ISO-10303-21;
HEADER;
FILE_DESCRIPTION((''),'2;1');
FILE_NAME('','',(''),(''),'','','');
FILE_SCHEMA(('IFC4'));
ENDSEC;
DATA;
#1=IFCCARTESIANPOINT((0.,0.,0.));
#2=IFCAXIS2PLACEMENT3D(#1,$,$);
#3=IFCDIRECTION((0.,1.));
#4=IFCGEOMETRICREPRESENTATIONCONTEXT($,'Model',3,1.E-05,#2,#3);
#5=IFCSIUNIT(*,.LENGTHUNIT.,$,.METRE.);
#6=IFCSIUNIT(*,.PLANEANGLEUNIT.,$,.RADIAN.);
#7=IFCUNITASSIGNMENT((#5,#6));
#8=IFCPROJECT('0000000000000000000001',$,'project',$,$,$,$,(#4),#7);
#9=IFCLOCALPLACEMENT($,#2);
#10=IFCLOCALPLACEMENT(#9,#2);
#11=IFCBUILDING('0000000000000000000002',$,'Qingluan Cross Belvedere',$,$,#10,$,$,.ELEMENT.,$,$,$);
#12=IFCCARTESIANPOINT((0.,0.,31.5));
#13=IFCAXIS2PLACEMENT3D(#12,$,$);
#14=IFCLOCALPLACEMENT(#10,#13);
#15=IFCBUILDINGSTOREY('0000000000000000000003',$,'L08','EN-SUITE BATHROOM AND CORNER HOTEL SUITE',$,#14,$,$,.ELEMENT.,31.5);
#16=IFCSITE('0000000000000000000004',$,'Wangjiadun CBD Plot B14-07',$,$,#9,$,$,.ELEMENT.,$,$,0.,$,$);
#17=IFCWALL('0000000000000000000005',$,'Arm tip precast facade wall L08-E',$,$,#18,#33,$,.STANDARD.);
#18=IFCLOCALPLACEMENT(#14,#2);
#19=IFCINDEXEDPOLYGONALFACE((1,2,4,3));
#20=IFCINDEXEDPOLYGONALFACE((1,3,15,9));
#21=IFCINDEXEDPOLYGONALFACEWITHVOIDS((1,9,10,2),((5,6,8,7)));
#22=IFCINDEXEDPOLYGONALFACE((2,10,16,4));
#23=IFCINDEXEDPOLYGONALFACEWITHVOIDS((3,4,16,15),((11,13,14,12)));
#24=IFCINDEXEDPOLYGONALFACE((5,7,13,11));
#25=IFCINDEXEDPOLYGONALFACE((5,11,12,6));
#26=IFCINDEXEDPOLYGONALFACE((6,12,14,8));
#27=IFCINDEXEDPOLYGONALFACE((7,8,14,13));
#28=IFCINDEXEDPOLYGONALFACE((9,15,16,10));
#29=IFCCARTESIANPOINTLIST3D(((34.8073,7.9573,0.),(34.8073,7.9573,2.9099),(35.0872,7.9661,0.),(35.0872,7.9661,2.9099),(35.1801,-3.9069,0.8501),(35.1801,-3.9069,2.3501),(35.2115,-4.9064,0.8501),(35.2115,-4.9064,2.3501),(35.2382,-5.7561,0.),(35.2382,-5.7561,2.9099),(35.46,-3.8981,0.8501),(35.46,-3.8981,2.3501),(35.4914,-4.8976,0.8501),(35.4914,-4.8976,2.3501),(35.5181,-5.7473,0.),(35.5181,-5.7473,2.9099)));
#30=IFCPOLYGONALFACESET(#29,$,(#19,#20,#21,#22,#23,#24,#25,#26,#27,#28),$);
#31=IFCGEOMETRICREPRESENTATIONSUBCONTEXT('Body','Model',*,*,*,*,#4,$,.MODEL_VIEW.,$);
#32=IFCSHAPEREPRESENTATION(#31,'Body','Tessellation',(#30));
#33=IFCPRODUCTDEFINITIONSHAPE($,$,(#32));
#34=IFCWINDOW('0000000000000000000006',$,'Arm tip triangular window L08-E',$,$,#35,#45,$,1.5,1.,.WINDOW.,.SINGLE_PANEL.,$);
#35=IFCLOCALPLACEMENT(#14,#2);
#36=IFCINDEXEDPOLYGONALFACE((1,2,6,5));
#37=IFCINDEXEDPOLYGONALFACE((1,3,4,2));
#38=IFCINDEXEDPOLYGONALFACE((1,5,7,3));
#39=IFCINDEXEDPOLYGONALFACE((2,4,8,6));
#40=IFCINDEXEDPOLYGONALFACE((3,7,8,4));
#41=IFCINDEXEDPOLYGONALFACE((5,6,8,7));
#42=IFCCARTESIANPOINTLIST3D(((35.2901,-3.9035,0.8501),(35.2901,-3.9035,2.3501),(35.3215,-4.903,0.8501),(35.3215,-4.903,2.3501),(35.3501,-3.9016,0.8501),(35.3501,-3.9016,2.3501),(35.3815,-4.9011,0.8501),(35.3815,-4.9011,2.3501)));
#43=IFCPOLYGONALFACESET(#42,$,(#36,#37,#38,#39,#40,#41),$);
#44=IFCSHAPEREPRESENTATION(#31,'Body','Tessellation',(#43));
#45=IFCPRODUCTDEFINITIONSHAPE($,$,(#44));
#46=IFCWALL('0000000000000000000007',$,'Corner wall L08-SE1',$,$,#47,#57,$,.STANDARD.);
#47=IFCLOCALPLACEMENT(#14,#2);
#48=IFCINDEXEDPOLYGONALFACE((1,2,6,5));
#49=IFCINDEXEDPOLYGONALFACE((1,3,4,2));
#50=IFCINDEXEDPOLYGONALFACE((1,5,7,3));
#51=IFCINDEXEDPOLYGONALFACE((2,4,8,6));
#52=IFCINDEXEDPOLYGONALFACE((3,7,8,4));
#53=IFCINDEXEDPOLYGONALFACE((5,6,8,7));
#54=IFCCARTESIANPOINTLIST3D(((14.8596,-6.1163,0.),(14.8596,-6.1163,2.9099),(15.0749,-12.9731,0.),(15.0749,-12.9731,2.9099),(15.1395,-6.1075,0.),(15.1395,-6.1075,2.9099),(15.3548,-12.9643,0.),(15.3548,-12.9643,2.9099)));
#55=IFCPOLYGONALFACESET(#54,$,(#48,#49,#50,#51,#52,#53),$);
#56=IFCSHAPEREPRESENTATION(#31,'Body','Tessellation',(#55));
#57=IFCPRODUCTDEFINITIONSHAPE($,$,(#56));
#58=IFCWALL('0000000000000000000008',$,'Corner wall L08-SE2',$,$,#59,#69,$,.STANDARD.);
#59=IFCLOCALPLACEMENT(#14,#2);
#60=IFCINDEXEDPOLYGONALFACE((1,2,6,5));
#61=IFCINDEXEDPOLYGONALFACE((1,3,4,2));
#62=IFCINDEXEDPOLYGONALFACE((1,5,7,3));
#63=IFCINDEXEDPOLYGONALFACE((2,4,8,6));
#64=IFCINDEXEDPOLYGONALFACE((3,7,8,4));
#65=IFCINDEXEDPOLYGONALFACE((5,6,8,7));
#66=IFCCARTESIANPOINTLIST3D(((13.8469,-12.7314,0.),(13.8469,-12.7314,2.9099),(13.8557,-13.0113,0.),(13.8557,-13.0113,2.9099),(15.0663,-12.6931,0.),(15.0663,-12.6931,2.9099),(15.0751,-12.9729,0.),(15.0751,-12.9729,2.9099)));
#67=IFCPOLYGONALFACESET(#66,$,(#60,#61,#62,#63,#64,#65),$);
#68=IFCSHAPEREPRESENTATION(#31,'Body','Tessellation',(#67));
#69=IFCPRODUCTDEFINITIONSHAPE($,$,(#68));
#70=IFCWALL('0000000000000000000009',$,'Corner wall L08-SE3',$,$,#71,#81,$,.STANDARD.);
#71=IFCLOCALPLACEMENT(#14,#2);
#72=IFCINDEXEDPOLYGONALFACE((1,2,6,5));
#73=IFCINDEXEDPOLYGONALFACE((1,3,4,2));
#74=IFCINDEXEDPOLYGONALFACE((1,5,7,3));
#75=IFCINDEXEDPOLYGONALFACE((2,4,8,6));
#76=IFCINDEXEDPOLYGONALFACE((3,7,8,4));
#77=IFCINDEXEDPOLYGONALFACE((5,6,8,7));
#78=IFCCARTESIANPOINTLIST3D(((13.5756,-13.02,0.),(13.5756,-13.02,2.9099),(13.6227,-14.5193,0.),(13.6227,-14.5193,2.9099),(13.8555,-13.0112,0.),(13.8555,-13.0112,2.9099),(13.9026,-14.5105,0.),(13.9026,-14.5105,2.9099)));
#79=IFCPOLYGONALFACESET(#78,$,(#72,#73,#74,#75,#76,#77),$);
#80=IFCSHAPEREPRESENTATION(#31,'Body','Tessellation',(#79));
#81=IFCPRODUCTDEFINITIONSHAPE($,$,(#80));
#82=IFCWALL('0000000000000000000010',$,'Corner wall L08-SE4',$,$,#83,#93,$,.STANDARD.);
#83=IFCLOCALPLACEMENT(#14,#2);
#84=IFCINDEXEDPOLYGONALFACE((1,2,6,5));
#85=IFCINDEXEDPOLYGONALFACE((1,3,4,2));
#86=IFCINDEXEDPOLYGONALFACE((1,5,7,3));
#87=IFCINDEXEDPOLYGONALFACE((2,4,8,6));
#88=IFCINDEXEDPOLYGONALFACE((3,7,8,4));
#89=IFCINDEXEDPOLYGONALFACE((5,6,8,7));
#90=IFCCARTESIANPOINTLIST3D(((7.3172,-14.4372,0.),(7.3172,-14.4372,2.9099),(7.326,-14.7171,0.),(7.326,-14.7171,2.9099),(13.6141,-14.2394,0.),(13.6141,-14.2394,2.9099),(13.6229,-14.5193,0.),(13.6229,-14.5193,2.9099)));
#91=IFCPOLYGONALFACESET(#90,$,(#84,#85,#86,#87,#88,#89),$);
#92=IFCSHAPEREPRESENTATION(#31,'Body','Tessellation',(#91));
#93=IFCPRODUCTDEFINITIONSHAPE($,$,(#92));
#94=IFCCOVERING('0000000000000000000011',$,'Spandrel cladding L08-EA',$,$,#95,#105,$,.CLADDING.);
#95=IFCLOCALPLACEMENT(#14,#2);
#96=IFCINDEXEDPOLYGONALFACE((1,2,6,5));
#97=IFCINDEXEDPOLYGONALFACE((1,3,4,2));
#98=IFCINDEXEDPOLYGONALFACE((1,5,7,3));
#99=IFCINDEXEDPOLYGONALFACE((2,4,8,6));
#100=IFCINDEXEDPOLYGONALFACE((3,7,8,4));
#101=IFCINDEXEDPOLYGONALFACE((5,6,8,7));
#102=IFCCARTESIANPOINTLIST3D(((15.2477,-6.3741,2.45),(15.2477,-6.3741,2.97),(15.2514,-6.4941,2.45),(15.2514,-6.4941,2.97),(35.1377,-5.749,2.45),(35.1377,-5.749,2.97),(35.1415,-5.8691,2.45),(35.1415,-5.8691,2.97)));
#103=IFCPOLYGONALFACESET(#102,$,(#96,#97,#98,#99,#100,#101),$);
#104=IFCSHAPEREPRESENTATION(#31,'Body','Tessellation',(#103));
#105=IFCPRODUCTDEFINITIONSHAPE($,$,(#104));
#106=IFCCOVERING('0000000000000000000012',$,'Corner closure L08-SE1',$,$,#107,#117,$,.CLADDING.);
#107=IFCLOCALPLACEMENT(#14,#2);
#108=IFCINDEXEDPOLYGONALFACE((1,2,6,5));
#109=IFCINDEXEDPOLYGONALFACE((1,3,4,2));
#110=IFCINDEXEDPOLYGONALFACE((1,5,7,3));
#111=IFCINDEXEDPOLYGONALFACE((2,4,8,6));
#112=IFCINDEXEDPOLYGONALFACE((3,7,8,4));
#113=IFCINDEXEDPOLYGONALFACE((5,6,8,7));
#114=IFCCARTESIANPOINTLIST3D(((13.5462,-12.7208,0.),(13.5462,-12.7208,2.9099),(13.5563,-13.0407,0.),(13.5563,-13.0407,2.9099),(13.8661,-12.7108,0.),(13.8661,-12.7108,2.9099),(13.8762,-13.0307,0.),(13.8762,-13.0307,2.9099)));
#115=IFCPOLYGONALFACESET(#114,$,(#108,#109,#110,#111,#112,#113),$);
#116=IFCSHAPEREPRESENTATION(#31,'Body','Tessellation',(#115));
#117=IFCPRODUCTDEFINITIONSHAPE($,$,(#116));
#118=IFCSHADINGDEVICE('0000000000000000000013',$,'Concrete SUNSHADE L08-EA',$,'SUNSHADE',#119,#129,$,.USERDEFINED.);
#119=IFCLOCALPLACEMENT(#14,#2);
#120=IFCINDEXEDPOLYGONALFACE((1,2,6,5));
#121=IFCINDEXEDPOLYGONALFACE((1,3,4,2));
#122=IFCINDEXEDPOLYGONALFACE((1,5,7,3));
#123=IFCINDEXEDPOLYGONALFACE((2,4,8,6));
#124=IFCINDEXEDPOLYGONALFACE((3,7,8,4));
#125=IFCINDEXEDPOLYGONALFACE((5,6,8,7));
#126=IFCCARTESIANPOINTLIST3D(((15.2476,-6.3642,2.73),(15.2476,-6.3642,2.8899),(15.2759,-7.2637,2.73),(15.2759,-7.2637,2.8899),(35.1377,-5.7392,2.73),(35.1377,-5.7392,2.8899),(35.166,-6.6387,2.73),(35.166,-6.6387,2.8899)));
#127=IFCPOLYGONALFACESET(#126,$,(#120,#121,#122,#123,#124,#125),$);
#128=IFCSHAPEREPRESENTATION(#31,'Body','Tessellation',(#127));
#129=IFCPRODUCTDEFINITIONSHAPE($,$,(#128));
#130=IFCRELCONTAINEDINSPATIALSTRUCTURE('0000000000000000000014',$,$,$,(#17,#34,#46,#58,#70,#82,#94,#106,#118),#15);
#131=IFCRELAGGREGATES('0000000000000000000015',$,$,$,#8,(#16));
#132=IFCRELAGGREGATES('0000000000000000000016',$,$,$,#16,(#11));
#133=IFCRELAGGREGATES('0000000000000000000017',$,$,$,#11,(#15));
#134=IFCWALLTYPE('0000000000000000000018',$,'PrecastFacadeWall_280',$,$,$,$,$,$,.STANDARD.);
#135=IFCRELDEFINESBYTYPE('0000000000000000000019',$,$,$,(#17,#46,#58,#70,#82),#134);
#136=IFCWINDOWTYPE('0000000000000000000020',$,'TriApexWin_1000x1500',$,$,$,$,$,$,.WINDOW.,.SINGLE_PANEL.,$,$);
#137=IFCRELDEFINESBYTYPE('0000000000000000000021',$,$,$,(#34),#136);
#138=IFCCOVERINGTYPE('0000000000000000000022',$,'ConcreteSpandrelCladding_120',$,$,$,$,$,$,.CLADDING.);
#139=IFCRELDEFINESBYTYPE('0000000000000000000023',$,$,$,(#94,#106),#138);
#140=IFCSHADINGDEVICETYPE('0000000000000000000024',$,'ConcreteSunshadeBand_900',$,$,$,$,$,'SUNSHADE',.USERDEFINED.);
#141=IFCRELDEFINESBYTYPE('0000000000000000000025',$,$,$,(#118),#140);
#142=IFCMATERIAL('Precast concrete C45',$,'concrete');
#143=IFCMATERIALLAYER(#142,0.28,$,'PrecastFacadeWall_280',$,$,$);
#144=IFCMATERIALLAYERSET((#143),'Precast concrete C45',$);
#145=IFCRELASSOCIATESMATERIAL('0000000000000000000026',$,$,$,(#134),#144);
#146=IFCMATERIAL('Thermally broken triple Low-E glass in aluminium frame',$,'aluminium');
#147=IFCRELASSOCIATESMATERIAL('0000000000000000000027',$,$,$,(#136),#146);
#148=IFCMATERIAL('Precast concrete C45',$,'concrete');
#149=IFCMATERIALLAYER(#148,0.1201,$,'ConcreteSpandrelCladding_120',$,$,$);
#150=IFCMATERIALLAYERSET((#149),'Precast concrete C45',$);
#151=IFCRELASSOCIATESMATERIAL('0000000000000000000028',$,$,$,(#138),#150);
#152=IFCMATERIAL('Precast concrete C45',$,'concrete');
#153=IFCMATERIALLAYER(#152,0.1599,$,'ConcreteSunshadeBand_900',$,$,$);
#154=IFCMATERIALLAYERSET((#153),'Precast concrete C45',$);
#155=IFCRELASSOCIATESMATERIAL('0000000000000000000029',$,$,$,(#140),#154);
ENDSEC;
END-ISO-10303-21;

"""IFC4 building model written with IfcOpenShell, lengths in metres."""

from ifc_helpers import new_model, si_unit, direction, frame, frame_2d, origin, origin_2d, place, context, subcontext, project, spatial, rectangle, extrude, material, layer, layer_set, type_object, element, fill, save


model = new_model("IFC4")

# Units and contexts
model_context = context("Model", 3, precision=1e-05, world=origin(), true_north=direction((0.0, 1.0)))
body_context = subcontext(model_context, "Body", "Model", "MODEL_VIEW")
ifc_project = project(units=[si_unit("LENGTHUNIT", "METRE"), si_unit("PLANEANGLEUNIT", "RADIAN")], contexts=[model_context])

# Site, building, storey
site_placement = place(None, origin())
site = spatial("IfcSite", under=ifc_project, at=site_placement, Name="Wangjiadun CBD Plot B14-07", CompositionType="ELEMENT", RefElevation=0.0)
building_placement = place(site_placement, origin())
building = spatial("IfcBuilding", under=site, at=building_placement, Name="Qingluan Cross Belvedere", CompositionType="ELEMENT")
storey_placement = place(building_placement, frame((0.0, 0.0, 31.5)))
storey = spatial("IfcBuildingStorey", under=building, at=storey_placement, Name="L08", Description="EN-SUITE BATHROOM AND CORNER HOTEL SUITE", CompositionType="ELEMENT", Elevation=31.5)

# Shared definitions
ifc_material_1 = material(Name="Precast concrete C45", Category="concrete")
ifc_layer_1 = layer(ifc_material_1, 0.28, Name="PrecastFacadeWall_280")
ifc_layer_set_1 = layer_set([ifc_layer_1], Name="Precast concrete C45")
wall_type_1 = type_object("IfcWallType", Name="PrecastFacadeWall_280", PredefinedType="STANDARD", material=ifc_layer_set_1)

# Wall, opening, window
wall_1_placement = place(storey_placement, frame((35.3782, -5.7517, 0.0), z_axis=(0.0, 0.0, 1.0), x_axis=(-0.031407, 0.999507, 0.0)))
wall_1 = element("IfcWall", 1, at=wall_1_placement, inside=storey, type_object=wall_type_1, Name="Arm tip precast facade wall L08-E", PredefinedType="STANDARD", context=body_context, shape_type="SweptSolid", body=[
    extrude(rectangle(XDim=13.7202, YDim=0.28, at=frame_2d((6.8601, 0.0))), origin(), (0.0, 0.0, 1.0), 2.9099),
])
opening_1_placement = place(wall_1_placement, frame((0.8501, 0.0, 0.8501)))
opening_1 = element("IfcOpeningElement", 2, at=opening_1_placement, cuts=wall_1, PredefinedType="OPENING", context=body_context, shape_type="SweptSolid", body=[
    extrude(rectangle(XDim=1.0, YDim=1.5, at=frame_2d((0.5, 0.75))), frame((0.0, 0.1499, 0.0), z_axis=(0.0, -1.0, 0.0), x_axis=(1.0, 0.0, 0.0)), (0.0, 0.0, 1.0), 0.3),
])
ifc_material_2 = material(Name="Thermally broken triple Low-E glass in aluminium frame", Category="aluminium")
window_type_1 = type_object("IfcWindowType", Name="TriApexWin_1000x1500", PartitioningType="SINGLE_PANEL", PredefinedType="WINDOW", material=ifc_material_2)
window_1_placement = place(opening_1_placement, origin())
window_1 = element("IfcWindow", 3, at=window_1_placement, inside=storey, type_object=window_type_1, Name="Arm tip triangular window L08-E", OverallHeight=1.5, OverallWidth=1.0, PartitioningType="SINGLE_PANEL", PredefinedType="WINDOW", context=body_context, shape_type="SweptSolid", body=[
    extrude(rectangle(XDim=1.0, YDim=1.5, at=frame_2d((0.5, 0.75))), frame((0.0, 0.03, 0.0), z_axis=(0.0, -1.0, 0.0), x_axis=(1.0, 0.0, 0.0)), (0.0, 0.0, 1.0), 0.0601),
])
fill(opening_1, window_1)

# Walls
wall_2_placement = place(storey_placement, frame((14.9995, -6.1118, 0.0), z_axis=(0.0, 0.0, 1.0), x_axis=(0.031389, -0.999507, 0.0)))
element("IfcWall", 4, at=wall_2_placement, inside=storey, type_object=wall_type_1, Name="Corner wall L08-SE1", PredefinedType="STANDARD", context=body_context, shape_type="SweptSolid", body=[
    extrude(rectangle(XDim=6.8601, YDim=0.28, at=frame_2d((3.4302, 0.0))), origin(), (0.0, 0.0, 1.0), 2.9099),
])
wall_3_placement = place(storey_placement, frame((15.0706, -12.833, 0.0), z_axis=(0.0, 0.0, 1.0), x_axis=(-0.999506, -0.031416, 0.0)))
element("IfcWall", 5, at=wall_3_placement, inside=storey, type_object=wall_type_1, Name="Corner wall L08-SE2", PredefinedType="STANDARD", context=body_context, shape_type="SweptSolid", body=[
    extrude(rectangle(XDim=1.22, YDim=0.28, at=frame_2d((0.6099, 0.0))), origin(), (0.0, 0.0, 1.0), 2.9099),
])
wall_4_placement = place(storey_placement, frame((13.7156, -13.0156, 0.0), z_axis=(0.0, 0.0, 1.0), x_axis=(0.031413, -0.999507, 0.0)))
element("IfcWall", 6, at=wall_4_placement, inside=storey, type_object=wall_type_1, Name="Corner wall L08-SE3", PredefinedType="STANDARD", context=body_context, shape_type="SweptSolid", body=[
    extrude(rectangle(XDim=1.5, YDim=0.28, at=frame_2d((0.75, 0.0))), origin(), (0.0, 0.0, 1.0), 2.9099),
])
wall_5_placement = place(storey_placement, frame((13.6184, -14.3794, 0.0), z_axis=(0.0, 0.0, 1.0), x_axis=(-0.999507, -0.03139, 0.0)))
element("IfcWall", 7, at=wall_5_placement, inside=storey, type_object=wall_type_1, Name="Corner wall L08-SE4", PredefinedType="STANDARD", context=body_context, shape_type="SweptSolid", body=[
    extrude(rectangle(XDim=6.3, YDim=0.28, at=frame_2d((3.1499, 0.0))), origin(), (0.0, 0.0, 1.0), 2.9099),
])

# Coverings
ifc_material_3 = material(Name="Precast concrete C45", Category="concrete")
ifc_layer_2 = layer(ifc_material_3, 0.1201, Name="ConcreteSpandrelCladding_120")
ifc_layer_set_2 = layer_set([ifc_layer_2], Name="Precast concrete C45")
covering_type = type_object("IfcCoveringType", Name="ConcreteSpandrelCladding_120", PredefinedType="CLADDING", material=ifc_layer_set_2)
covering_1_placement = place(storey_placement, frame((25.1946, -6.1216, 2.45), z_axis=(0.0, 0.0, 1.0), x_axis=(0.999507, 0.031408, 0.0)))
element("IfcCovering", 8, at=covering_1_placement, inside=storey, type_object=covering_type, Name="Spandrel cladding L08-EA", PredefinedType="CLADDING", context=body_context, shape_type="SweptSolid", body=[
    extrude(rectangle(XDim=19.8999, YDim=0.1201, at=origin_2d()), origin(), (0.0, 0.0, 1.0), 0.52),
])
covering_2_placement = place(storey_placement, frame((13.7112, -12.8757, 0.0), z_axis=(0.0, 0.0, 1.0), x_axis=(0.999507, 0.031411, 0.0)))
element("IfcCovering", 9, at=covering_2_placement, inside=storey, type_object=covering_type, Name="Corner closure L08-SE1", PredefinedType="CLADDING", context=body_context, shape_type="SweptSolid", body=[
    extrude(rectangle(XDim=0.3201, YDim=0.3201, at=origin_2d()), origin(), (0.0, 0.0, 1.0), 2.9099),
])

# Shading device
ifc_material_4 = material(Name="Precast concrete C45", Category="concrete")
ifc_layer_3 = layer(ifc_material_4, 0.1599, Name="ConcreteSunshadeBand_900")
ifc_layer_set_3 = layer_set([ifc_layer_3], Name="Precast concrete C45")
shading_device_type = type_object("IfcShadingDeviceType", Name="ConcreteSunshadeBand_900", ElementType="SUNSHADE", PredefinedType="USERDEFINED", material=ifc_layer_set_3)
shading_device_placement = place(storey_placement, frame((25.2068, -6.5015, 2.73), z_axis=(0.0, 0.0, 1.0), x_axis=(0.999507, 0.031408, 0.0)))
element("IfcShadingDevice", 10, at=shading_device_placement, inside=storey, type_object=shading_device_type, Name="Concrete SUNSHADE L08-EA", ObjectType="SUNSHADE", PredefinedType="USERDEFINED", context=body_context, shape_type="SweptSolid", body=[
    extrude(rectangle(XDim=19.8999, YDim=0.8999, at=origin_2d()), origin(), (0.0, 0.0, 1.0), 0.1599),
])

save(model, "model.ifc")
